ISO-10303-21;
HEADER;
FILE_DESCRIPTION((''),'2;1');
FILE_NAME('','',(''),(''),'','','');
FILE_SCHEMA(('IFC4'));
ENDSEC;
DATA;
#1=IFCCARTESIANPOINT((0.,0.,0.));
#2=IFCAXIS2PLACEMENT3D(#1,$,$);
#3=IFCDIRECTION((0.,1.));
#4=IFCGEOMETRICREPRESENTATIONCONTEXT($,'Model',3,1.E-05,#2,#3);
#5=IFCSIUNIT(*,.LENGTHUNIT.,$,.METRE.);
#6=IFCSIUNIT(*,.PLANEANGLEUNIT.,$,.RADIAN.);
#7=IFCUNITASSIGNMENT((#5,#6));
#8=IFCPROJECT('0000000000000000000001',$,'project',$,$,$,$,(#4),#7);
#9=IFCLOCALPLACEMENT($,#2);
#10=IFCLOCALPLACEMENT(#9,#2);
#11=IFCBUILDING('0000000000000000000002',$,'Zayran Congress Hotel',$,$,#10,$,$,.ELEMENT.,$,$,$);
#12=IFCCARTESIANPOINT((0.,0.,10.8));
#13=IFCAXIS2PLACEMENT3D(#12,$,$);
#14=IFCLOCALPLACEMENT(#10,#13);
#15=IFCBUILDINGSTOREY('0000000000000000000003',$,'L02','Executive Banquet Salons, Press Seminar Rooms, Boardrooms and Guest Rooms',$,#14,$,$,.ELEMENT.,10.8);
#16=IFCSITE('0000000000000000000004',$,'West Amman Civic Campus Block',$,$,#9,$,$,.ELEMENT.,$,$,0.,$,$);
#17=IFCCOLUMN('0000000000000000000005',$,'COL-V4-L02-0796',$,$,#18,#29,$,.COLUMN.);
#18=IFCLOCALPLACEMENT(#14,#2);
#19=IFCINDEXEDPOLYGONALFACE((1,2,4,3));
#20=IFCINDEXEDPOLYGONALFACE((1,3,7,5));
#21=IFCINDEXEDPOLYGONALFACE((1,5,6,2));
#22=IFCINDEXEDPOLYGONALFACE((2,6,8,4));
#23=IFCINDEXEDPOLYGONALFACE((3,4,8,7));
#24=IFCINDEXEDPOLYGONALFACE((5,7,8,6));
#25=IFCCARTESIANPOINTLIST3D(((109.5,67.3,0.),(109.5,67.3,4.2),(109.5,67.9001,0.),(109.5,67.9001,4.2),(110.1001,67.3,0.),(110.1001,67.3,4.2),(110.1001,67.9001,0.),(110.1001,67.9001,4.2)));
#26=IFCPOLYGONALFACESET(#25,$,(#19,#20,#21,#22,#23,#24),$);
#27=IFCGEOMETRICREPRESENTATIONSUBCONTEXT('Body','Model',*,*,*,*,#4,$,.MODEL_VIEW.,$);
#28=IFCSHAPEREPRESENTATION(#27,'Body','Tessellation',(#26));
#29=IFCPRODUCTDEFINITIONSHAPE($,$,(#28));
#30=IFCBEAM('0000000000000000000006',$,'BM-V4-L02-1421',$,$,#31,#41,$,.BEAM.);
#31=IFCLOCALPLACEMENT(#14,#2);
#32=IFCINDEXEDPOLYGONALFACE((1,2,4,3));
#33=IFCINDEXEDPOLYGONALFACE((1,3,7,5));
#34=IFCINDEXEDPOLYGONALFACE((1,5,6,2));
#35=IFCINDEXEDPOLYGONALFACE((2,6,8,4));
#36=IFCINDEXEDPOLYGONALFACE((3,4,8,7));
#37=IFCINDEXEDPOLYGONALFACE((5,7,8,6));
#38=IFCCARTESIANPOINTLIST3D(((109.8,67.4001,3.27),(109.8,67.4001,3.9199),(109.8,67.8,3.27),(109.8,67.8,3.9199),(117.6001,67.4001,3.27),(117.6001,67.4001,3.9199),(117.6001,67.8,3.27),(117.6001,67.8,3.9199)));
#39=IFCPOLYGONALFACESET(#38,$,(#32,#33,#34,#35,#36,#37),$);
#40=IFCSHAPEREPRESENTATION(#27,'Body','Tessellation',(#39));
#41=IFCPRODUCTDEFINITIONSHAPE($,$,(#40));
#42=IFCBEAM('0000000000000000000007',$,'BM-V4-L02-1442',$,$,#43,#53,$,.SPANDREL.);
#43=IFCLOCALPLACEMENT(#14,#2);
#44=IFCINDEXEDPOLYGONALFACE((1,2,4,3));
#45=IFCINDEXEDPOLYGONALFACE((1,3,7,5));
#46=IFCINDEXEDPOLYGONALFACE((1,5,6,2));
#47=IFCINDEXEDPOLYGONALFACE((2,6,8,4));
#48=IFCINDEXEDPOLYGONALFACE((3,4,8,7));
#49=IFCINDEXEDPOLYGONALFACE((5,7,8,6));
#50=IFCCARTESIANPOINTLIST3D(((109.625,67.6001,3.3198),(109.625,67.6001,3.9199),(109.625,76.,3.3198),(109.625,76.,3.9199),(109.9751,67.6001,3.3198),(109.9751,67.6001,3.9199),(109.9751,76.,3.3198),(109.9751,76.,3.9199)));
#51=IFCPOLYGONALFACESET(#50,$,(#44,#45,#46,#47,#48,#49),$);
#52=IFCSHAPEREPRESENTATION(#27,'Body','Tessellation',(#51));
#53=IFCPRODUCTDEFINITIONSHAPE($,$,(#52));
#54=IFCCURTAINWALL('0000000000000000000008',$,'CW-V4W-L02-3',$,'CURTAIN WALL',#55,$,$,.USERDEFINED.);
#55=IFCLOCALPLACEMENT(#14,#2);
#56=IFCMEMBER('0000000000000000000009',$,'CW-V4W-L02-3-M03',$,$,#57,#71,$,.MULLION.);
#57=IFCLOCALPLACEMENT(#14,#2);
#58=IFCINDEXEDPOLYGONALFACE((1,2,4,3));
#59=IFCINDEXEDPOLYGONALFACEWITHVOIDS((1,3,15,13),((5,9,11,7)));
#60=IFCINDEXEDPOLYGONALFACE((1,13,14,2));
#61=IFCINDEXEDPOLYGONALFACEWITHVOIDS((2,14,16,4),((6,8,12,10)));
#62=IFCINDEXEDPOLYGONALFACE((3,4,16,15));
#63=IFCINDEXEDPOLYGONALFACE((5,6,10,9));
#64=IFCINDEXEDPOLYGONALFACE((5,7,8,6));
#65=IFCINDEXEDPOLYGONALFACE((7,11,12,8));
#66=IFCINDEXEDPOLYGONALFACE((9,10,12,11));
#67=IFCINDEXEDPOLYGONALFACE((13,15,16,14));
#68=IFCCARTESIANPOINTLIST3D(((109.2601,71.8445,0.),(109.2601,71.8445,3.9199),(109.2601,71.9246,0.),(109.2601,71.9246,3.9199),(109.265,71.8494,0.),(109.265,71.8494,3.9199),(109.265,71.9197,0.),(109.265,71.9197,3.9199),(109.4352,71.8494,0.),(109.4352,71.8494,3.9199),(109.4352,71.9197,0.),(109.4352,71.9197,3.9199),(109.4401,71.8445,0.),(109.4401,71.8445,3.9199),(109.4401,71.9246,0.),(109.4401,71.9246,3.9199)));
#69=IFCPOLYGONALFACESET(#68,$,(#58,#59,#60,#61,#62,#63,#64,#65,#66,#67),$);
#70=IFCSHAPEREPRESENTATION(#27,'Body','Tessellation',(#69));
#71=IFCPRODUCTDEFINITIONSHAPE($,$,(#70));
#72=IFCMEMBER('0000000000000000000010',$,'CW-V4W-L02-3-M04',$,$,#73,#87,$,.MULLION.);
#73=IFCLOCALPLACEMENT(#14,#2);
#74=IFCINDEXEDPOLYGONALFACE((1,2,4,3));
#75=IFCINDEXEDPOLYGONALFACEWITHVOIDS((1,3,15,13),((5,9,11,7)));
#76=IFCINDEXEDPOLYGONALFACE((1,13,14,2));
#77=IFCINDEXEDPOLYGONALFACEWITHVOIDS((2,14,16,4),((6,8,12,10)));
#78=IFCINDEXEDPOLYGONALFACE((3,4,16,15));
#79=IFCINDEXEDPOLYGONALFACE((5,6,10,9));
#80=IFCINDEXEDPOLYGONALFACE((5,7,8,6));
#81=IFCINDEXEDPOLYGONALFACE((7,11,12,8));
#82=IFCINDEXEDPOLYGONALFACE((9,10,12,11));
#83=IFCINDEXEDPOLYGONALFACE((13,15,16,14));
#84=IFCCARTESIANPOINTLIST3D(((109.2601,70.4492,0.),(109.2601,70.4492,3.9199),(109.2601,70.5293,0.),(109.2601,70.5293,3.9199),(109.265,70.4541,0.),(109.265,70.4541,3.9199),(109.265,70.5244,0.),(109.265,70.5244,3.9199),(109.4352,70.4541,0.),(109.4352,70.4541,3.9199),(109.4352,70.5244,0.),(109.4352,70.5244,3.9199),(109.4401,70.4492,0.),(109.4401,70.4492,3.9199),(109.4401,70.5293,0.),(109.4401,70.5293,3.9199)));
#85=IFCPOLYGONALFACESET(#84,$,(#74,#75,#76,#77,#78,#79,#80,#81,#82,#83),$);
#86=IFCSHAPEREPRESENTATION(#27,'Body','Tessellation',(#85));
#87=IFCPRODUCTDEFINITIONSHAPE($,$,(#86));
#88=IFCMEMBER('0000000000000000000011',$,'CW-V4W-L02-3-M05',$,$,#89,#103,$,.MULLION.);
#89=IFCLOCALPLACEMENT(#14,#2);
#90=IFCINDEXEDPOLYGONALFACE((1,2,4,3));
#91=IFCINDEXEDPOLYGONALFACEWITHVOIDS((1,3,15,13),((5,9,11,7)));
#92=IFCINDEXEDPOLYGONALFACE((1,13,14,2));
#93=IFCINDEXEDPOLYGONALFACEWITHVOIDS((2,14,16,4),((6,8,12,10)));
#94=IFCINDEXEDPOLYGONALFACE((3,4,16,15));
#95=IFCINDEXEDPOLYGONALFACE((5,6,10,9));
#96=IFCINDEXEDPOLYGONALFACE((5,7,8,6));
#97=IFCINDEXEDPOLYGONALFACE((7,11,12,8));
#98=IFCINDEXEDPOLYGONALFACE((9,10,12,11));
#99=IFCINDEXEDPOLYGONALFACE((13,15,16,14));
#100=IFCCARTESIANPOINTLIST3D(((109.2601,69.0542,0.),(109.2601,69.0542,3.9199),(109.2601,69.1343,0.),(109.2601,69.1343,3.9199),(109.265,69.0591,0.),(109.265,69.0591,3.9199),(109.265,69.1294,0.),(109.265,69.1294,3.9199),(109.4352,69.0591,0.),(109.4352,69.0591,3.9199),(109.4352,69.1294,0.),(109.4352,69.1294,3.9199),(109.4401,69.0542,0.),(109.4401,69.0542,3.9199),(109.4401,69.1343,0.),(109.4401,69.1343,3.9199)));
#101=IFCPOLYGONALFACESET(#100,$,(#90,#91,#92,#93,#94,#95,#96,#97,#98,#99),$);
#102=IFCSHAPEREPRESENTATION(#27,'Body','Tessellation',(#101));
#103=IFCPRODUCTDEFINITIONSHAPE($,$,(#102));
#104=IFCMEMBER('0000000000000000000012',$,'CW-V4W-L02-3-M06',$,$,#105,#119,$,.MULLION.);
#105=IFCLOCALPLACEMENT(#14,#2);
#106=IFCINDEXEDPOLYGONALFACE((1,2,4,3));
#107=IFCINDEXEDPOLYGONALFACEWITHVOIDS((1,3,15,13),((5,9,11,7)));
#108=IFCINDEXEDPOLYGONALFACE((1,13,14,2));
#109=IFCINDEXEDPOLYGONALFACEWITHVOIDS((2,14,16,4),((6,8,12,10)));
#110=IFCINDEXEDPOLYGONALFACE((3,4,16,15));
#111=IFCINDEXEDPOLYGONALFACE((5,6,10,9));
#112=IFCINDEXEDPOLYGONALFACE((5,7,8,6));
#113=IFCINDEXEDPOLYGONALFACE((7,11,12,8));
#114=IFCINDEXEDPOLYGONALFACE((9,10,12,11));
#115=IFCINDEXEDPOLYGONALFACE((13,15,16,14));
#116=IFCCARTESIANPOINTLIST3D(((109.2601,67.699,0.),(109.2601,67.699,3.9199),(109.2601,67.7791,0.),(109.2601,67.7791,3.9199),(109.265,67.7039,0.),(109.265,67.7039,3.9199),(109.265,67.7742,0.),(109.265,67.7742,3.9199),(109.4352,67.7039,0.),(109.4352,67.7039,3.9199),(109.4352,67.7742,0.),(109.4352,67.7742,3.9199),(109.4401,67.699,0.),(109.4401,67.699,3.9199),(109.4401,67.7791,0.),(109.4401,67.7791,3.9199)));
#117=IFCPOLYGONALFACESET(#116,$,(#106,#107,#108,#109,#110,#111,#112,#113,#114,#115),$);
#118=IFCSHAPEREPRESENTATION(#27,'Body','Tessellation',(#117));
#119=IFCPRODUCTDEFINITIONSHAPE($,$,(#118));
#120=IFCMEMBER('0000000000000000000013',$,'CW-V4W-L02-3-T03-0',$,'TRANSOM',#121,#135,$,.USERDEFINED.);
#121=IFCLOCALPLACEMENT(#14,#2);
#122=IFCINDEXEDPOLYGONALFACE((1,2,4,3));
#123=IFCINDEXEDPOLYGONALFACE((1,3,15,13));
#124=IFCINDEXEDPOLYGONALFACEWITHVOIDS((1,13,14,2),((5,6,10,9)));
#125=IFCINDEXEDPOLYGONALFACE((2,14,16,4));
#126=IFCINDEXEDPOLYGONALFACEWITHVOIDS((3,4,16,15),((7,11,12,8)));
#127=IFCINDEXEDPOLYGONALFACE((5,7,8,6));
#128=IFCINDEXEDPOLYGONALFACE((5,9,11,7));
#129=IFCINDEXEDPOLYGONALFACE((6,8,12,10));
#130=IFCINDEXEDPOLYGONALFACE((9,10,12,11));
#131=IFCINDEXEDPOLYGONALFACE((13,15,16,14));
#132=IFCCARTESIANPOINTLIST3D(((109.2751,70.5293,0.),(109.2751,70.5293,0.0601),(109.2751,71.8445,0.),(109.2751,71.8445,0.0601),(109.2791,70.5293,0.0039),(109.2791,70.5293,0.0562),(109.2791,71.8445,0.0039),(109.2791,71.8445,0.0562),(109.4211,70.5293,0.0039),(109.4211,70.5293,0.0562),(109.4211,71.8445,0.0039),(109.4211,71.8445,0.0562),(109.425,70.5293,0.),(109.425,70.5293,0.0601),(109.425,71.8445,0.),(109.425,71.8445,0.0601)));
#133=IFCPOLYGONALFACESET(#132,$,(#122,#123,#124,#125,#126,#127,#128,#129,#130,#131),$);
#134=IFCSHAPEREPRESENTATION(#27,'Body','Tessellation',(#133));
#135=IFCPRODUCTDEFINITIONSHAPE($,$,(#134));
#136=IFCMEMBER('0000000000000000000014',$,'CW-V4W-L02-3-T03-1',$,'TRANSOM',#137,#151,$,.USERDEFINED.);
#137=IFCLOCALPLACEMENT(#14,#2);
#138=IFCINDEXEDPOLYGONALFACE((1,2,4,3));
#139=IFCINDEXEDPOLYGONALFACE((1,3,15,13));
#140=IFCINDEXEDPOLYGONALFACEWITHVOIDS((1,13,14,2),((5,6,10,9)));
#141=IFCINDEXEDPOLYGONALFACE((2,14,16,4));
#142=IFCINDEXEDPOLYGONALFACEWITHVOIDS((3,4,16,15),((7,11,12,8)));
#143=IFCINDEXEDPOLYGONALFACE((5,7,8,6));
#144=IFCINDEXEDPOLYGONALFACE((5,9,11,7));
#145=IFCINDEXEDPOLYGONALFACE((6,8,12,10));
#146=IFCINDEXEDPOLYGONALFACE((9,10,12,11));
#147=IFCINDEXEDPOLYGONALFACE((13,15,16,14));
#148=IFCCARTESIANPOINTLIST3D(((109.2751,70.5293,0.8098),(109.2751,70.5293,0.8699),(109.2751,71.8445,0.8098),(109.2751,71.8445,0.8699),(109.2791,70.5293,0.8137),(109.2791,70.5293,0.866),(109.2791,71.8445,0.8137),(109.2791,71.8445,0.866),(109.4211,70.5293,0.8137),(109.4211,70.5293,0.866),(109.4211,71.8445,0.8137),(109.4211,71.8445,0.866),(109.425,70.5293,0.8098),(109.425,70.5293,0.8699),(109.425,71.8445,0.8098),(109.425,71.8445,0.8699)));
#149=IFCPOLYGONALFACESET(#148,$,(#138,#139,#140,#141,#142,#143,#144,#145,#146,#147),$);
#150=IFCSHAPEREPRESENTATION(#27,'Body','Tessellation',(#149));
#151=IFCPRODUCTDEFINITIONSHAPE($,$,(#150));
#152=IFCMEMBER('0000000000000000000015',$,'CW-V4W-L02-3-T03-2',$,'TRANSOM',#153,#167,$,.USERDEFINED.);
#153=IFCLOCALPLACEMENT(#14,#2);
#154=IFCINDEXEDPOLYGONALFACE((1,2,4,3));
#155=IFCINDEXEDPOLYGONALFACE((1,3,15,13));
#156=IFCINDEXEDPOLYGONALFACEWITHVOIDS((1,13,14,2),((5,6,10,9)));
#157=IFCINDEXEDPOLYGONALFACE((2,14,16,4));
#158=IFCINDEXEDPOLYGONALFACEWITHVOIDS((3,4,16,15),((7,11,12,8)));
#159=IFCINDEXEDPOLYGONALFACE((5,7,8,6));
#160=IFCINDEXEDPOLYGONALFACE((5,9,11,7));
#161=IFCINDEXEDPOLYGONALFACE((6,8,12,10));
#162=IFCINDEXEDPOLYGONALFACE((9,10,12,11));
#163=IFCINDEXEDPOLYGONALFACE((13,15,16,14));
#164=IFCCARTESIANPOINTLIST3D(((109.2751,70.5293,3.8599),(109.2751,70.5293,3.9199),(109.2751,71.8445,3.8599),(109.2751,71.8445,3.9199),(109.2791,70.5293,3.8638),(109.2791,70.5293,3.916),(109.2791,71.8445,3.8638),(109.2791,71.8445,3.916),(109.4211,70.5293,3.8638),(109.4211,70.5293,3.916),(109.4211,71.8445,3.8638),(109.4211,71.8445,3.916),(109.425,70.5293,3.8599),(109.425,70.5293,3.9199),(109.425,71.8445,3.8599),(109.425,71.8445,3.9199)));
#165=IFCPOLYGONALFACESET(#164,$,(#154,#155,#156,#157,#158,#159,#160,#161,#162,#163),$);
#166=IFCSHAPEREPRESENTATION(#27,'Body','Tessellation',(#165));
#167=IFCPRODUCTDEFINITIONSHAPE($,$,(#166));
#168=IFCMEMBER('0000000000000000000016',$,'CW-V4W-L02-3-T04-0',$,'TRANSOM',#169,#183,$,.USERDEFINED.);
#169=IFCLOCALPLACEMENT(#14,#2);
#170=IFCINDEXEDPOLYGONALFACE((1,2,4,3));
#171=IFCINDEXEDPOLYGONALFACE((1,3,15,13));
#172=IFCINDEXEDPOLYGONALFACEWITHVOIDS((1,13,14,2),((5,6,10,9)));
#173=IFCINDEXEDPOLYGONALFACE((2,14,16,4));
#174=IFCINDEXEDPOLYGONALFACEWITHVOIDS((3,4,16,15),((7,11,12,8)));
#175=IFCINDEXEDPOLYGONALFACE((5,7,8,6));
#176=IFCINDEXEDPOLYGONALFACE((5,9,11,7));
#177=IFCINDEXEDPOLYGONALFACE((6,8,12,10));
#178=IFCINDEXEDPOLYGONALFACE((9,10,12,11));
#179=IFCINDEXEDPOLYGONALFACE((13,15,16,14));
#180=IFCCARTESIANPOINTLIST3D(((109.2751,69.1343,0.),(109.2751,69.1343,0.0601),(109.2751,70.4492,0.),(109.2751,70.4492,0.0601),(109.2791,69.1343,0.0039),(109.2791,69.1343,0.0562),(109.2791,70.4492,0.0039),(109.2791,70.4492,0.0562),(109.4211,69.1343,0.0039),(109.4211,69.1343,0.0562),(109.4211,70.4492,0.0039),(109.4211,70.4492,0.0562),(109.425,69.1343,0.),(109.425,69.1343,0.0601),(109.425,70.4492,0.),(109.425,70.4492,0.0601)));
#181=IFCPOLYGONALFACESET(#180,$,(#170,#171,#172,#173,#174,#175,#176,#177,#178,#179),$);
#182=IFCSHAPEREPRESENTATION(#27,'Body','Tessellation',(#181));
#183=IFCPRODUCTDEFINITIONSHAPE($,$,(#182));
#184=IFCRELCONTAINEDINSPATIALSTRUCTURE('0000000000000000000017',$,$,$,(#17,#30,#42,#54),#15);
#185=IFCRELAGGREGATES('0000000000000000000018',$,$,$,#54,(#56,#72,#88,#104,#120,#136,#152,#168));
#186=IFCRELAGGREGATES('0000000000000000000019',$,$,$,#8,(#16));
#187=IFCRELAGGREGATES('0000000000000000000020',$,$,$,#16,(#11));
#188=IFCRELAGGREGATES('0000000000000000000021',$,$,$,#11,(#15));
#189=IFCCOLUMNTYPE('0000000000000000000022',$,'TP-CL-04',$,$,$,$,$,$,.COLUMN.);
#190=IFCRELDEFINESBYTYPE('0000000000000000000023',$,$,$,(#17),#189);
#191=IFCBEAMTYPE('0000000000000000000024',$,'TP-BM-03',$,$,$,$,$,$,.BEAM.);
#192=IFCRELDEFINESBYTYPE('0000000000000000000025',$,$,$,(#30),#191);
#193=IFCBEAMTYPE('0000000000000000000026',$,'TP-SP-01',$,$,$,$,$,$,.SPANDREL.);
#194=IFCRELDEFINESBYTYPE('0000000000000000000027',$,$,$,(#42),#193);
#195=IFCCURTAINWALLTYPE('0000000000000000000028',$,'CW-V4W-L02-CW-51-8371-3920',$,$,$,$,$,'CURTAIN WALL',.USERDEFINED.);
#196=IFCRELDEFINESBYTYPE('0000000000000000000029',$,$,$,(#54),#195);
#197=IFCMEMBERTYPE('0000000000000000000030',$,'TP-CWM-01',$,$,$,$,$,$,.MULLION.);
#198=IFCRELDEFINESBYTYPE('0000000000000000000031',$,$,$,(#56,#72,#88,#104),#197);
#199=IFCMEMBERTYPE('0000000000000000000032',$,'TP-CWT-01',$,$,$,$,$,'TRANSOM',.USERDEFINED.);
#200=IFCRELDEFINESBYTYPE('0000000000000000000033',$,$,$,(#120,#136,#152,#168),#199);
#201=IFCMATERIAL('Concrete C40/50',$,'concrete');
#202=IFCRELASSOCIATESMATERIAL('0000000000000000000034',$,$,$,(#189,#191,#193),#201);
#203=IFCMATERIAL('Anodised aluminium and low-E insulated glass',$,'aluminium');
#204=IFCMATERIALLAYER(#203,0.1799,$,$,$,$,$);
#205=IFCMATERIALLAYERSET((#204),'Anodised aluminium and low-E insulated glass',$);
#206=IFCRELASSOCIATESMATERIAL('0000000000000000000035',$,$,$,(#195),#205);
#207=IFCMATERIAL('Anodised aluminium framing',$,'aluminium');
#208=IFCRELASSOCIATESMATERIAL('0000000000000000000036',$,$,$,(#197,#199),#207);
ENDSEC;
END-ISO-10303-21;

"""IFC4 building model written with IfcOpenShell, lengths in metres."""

from ifc_helpers import new_model, si_unit, direction, frame, origin, origin_2d, place, context, subcontext, project, spatial, rectangle, hollow_rectangle, extrude, material, layer, layer_set, material_profile, profile_set, type_object, element, aggregate, save


model = new_model("IFC4")

# Units and contexts
model_context = context("Model", 3, precision=1e-05, world=origin(), true_north=direction((0.0, 1.0)))
body_context = subcontext(model_context, "Body", "Model", "MODEL_VIEW")
ifc_project = project(units=[si_unit("LENGTHUNIT", "METRE"), si_unit("PLANEANGLEUNIT", "RADIAN")], contexts=[model_context])

# Site, building, storey
site_placement = place(None, origin())
site = spatial("IfcSite", under=ifc_project, at=site_placement, Name="West Amman Civic Campus Block", CompositionType="ELEMENT", RefElevation=0.0)
building_placement = place(site_placement, origin())
building = spatial("IfcBuilding", under=site, at=building_placement, Name="Zayran Congress Hotel", CompositionType="ELEMENT")
storey_placement = place(building_placement, frame((0.0, 0.0, 10.8)))
storey = spatial("IfcBuildingStorey", under=building, at=storey_placement, Name="L02", Description="Executive Banquet Salons, Press Seminar Rooms, Boardrooms and Guest Rooms", CompositionType="ELEMENT", Elevation=10.8)

# Column
ifc_material_1 = material(Name="Concrete C40/50", Category="concrete")
ifc_material_profile_1 = material_profile(ifc_material_1, rectangle(XDim=0.6001, YDim=0.6001, at=origin_2d()), Name="RC 600x600")
ifc_profile_set_1 = profile_set([ifc_material_profile_1], Name="Concrete C40/50")
column_type = type_object("IfcColumnType", Name="TP-CL-04", PredefinedType="COLUMN", material=ifc_profile_set_1)
column_placement = place(storey_placement, frame((109.8, 67.6001, 0.0), z_axis=(0.0, 0.0, 1.0), x_axis=(1.0, 0.0, 0.0)))
element("IfcColumn", 1, at=column_placement, inside=storey, type_object=column_type, Name="COL-V4-L02-0796", PredefinedType="COLUMN", context=body_context, shape_type="SweptSolid", body=[
    extrude(rectangle(XDim=0.6001, YDim=0.6001, at=origin_2d()), origin(), (0.0, 0.0, 1.0), 4.2),
])

# Beams
ifc_material_profile_2 = material_profile(ifc_material_1, rectangle(XDim=0.3999, YDim=0.6499, at=origin_2d()), Name="RC 400x650")
ifc_profile_set_2 = profile_set([ifc_material_profile_2], Name="Concrete C40/50")
beam_type_1 = type_object("IfcBeamType", Name="TP-BM-03", PredefinedType="BEAM", material=ifc_profile_set_2)
beam_1_placement = place(storey_placement, frame((109.8, 67.6001, 3.595), z_axis=(1.0, 0.0, 0.0), x_axis=(0.0, 1.0, 0.0)))
element("IfcBeam", 2, at=beam_1_placement, inside=storey, type_object=beam_type_1, Name="BM-V4-L02-1421", PredefinedType="BEAM", context=body_context, shape_type="SweptSolid", body=[
    extrude(rectangle(XDim=0.3999, YDim=0.6499, at=origin_2d()), origin(), (0.0, 0.0, 1.0), 7.8),
])
ifc_material_profile_3 = material_profile(ifc_material_1, rectangle(XDim=0.3501, YDim=0.6001, at=origin_2d()), Name="RC 350x600")
ifc_profile_set_3 = profile_set([ifc_material_profile_3], Name="Concrete C40/50")
beam_type_2 = type_object("IfcBeamType", Name="TP-SP-01", PredefinedType="SPANDREL", material=ifc_profile_set_3)
beam_2_placement = place(storey_placement, frame((109.8, 67.6001, 3.6199), z_axis=(0.0, 1.0, 0.0), x_axis=(-1.0, 0.0, 0.0)))
element("IfcBeam", 3, at=beam_2_placement, inside=storey, type_object=beam_type_2, Name="BM-V4-L02-1442", PredefinedType="SPANDREL", context=body_context, shape_type="SweptSolid", body=[
    extrude(rectangle(XDim=0.3501, YDim=0.6001, at=origin_2d()), origin(), (0.0, 0.0, 1.0), 8.3999),
])

# Curtain wall, members
ifc_material_2 = material(Name="Anodised aluminium and low-E insulated glass", Category="aluminium")
ifc_layer_1 = layer(ifc_material_2, 0.1799)
ifc_layer_set_1 = layer_set([ifc_layer_1], Name="Anodised aluminium and low-E insulated glass")
curtain_wall_type_1 = type_object("IfcCurtainWallType", Name="CW-V4W-L02-CW-51-8371-3920", ElementType="CURTAIN WALL", PredefinedType="USERDEFINED", material=ifc_layer_set_1)
curtain_wall_1_placement = place(storey_placement, origin())
curtain_wall_1 = element("IfcCurtainWall", 4, at=curtain_wall_1_placement, inside=storey, type_object=curtain_wall_type_1, Name="CW-V4W-L02-3", ObjectType="CURTAIN WALL", PredefinedType="USERDEFINED")
ifc_material_3 = material(Name="Anodised aluminium framing", Category="aluminium")
ifc_material_profile_4 = material_profile(ifc_material_3, hollow_rectangle(XDim=0.0801, YDim=0.1799, WallThickness=0.0049, at=origin_2d()), Name="RHS 180x80x5")
ifc_profile_set_4 = profile_set([ifc_material_profile_4], Name="Anodised aluminium framing")
member_type_1 = type_object("IfcMemberType", Name="TP-CWM-01", PredefinedType="MULLION", material=ifc_profile_set_4)
member_1_placement = place(storey_placement, frame((109.3501, 71.8845, 0.0), z_axis=(0.0, 0.0, 1.0), x_axis=(0.0, 1.0, 0.0)))
member_1 = element("IfcMember", 5, at=member_1_placement, type_object=member_type_1, Name="CW-V4W-L02-3-M03", PredefinedType="MULLION", context=body_context, shape_type="SweptSolid", body=[
    extrude(hollow_rectangle(XDim=0.0801, YDim=0.1799, WallThickness=0.0049, at=origin_2d()), origin(), (0.0, 0.0, 1.0), 3.9199),
])
member_2_placement = place(storey_placement, frame((109.3501, 70.4893, 0.0), z_axis=(0.0, 0.0, 1.0), x_axis=(0.0, 1.0, 0.0)))
member_2 = element("IfcMember", 6, at=member_2_placement, type_object=member_type_1, Name="CW-V4W-L02-3-M04", PredefinedType="MULLION", context=body_context, shape_type="SweptSolid", body=[
    extrude(hollow_rectangle(XDim=0.0801, YDim=0.1799, WallThickness=0.0049, at=origin_2d()), origin(), (0.0, 0.0, 1.0), 3.9199),
])
member_3_placement = place(storey_placement, frame((109.3501, 69.0942, 0.0), z_axis=(0.0, 0.0, 1.0), x_axis=(0.0, 1.0, 0.0)))
member_3 = element("IfcMember", 7, at=member_3_placement, type_object=member_type_1, Name="CW-V4W-L02-3-M05", PredefinedType="MULLION", context=body_context, shape_type="SweptSolid", body=[
    extrude(hollow_rectangle(XDim=0.0801, YDim=0.1799, WallThickness=0.0049, at=origin_2d()), origin(), (0.0, 0.0, 1.0), 3.9199),
])
member_4_placement = place(storey_placement, frame((109.3501, 67.739, 0.0), z_axis=(0.0, 0.0, 1.0), x_axis=(0.0, 1.0, 0.0)))
member_4 = element("IfcMember", 8, at=member_4_placement, type_object=member_type_1, Name="CW-V4W-L02-3-M06", PredefinedType="MULLION", context=body_context, shape_type="SweptSolid", body=[
    extrude(hollow_rectangle(XDim=0.0801, YDim=0.1799, WallThickness=0.0049, at=origin_2d()), origin(), (0.0, 0.0, 1.0), 3.9199),
])
ifc_material_profile_5 = material_profile(ifc_material_3, hollow_rectangle(XDim=0.0601, YDim=0.1499, WallThickness=0.0039, at=origin_2d()), Name="RHS 150x60x4")
ifc_profile_set_5 = profile_set([ifc_material_profile_5], Name="Anodised aluminium framing")
member_type_2 = type_object("IfcMemberType", Name="TP-CWT-01", ElementType="TRANSOM", PredefinedType="USERDEFINED", material=ifc_profile_set_5)
member_5_placement = place(storey_placement, frame((109.3501, 71.8445, 0.03), z_axis=(0.0, -1.0, 0.0), x_axis=(0.0, 0.0, 1.0)))
member_5 = element("IfcMember", 9, at=member_5_placement, type_object=member_type_2, Name="CW-V4W-L02-3-T03-0", ObjectType="TRANSOM", PredefinedType="USERDEFINED", context=body_context, shape_type="SweptSolid", body=[
    extrude(hollow_rectangle(XDim=0.0601, YDim=0.1499, WallThickness=0.0039, at=origin_2d()), origin(), (0.0, 0.0, 1.0), 1.3152),
])
member_6_placement = place(storey_placement, frame((109.3501, 71.8445, 0.8398), z_axis=(0.0, -1.0, 0.0), x_axis=(0.0, 0.0, 1.0)))
member_6 = element("IfcMember", 10, at=member_6_placement, type_object=member_type_2, Name="CW-V4W-L02-3-T03-1", ObjectType="TRANSOM", PredefinedType="USERDEFINED", context=body_context, shape_type="SweptSolid", body=[
    extrude(hollow_rectangle(XDim=0.0601, YDim=0.1499, WallThickness=0.0039, at=origin_2d()), origin(), (0.0, 0.0, 1.0), 1.3152),
])
member_7_placement = place(storey_placement, frame((109.3501, 71.8445, 3.8899), z_axis=(0.0, -1.0, 0.0), x_axis=(0.0, 0.0, 1.0)))
member_7 = element("IfcMember", 11, at=member_7_placement, type_object=member_type_2, Name="CW-V4W-L02-3-T03-2", ObjectType="TRANSOM", PredefinedType="USERDEFINED", context=body_context, shape_type="SweptSolid", body=[
    extrude(hollow_rectangle(XDim=0.0601, YDim=0.1499, WallThickness=0.0039, at=origin_2d()), origin(), (0.0, 0.0, 1.0), 1.3152),
])
member_8_placement = place(storey_placement, frame((109.3501, 70.4492, 0.03), z_axis=(0.0, -1.0, 0.0), x_axis=(0.0, 0.0, 1.0)))
member_8 = element("IfcMember", 12, at=member_8_placement, type_object=member_type_2, Name="CW-V4W-L02-3-T04-0", ObjectType="TRANSOM", PredefinedType="USERDEFINED", context=body_context, shape_type="SweptSolid", body=[
    extrude(hollow_rectangle(XDim=0.0601, YDim=0.1499, WallThickness=0.0039, at=origin_2d()), origin(), (0.0, 0.0, 1.0), 1.3149),
])

aggregate(curtain_wall_1, [member_1, member_2, member_3, member_4, member_5, member_6, member_7, member_8])

save(model, "model.ifc")
